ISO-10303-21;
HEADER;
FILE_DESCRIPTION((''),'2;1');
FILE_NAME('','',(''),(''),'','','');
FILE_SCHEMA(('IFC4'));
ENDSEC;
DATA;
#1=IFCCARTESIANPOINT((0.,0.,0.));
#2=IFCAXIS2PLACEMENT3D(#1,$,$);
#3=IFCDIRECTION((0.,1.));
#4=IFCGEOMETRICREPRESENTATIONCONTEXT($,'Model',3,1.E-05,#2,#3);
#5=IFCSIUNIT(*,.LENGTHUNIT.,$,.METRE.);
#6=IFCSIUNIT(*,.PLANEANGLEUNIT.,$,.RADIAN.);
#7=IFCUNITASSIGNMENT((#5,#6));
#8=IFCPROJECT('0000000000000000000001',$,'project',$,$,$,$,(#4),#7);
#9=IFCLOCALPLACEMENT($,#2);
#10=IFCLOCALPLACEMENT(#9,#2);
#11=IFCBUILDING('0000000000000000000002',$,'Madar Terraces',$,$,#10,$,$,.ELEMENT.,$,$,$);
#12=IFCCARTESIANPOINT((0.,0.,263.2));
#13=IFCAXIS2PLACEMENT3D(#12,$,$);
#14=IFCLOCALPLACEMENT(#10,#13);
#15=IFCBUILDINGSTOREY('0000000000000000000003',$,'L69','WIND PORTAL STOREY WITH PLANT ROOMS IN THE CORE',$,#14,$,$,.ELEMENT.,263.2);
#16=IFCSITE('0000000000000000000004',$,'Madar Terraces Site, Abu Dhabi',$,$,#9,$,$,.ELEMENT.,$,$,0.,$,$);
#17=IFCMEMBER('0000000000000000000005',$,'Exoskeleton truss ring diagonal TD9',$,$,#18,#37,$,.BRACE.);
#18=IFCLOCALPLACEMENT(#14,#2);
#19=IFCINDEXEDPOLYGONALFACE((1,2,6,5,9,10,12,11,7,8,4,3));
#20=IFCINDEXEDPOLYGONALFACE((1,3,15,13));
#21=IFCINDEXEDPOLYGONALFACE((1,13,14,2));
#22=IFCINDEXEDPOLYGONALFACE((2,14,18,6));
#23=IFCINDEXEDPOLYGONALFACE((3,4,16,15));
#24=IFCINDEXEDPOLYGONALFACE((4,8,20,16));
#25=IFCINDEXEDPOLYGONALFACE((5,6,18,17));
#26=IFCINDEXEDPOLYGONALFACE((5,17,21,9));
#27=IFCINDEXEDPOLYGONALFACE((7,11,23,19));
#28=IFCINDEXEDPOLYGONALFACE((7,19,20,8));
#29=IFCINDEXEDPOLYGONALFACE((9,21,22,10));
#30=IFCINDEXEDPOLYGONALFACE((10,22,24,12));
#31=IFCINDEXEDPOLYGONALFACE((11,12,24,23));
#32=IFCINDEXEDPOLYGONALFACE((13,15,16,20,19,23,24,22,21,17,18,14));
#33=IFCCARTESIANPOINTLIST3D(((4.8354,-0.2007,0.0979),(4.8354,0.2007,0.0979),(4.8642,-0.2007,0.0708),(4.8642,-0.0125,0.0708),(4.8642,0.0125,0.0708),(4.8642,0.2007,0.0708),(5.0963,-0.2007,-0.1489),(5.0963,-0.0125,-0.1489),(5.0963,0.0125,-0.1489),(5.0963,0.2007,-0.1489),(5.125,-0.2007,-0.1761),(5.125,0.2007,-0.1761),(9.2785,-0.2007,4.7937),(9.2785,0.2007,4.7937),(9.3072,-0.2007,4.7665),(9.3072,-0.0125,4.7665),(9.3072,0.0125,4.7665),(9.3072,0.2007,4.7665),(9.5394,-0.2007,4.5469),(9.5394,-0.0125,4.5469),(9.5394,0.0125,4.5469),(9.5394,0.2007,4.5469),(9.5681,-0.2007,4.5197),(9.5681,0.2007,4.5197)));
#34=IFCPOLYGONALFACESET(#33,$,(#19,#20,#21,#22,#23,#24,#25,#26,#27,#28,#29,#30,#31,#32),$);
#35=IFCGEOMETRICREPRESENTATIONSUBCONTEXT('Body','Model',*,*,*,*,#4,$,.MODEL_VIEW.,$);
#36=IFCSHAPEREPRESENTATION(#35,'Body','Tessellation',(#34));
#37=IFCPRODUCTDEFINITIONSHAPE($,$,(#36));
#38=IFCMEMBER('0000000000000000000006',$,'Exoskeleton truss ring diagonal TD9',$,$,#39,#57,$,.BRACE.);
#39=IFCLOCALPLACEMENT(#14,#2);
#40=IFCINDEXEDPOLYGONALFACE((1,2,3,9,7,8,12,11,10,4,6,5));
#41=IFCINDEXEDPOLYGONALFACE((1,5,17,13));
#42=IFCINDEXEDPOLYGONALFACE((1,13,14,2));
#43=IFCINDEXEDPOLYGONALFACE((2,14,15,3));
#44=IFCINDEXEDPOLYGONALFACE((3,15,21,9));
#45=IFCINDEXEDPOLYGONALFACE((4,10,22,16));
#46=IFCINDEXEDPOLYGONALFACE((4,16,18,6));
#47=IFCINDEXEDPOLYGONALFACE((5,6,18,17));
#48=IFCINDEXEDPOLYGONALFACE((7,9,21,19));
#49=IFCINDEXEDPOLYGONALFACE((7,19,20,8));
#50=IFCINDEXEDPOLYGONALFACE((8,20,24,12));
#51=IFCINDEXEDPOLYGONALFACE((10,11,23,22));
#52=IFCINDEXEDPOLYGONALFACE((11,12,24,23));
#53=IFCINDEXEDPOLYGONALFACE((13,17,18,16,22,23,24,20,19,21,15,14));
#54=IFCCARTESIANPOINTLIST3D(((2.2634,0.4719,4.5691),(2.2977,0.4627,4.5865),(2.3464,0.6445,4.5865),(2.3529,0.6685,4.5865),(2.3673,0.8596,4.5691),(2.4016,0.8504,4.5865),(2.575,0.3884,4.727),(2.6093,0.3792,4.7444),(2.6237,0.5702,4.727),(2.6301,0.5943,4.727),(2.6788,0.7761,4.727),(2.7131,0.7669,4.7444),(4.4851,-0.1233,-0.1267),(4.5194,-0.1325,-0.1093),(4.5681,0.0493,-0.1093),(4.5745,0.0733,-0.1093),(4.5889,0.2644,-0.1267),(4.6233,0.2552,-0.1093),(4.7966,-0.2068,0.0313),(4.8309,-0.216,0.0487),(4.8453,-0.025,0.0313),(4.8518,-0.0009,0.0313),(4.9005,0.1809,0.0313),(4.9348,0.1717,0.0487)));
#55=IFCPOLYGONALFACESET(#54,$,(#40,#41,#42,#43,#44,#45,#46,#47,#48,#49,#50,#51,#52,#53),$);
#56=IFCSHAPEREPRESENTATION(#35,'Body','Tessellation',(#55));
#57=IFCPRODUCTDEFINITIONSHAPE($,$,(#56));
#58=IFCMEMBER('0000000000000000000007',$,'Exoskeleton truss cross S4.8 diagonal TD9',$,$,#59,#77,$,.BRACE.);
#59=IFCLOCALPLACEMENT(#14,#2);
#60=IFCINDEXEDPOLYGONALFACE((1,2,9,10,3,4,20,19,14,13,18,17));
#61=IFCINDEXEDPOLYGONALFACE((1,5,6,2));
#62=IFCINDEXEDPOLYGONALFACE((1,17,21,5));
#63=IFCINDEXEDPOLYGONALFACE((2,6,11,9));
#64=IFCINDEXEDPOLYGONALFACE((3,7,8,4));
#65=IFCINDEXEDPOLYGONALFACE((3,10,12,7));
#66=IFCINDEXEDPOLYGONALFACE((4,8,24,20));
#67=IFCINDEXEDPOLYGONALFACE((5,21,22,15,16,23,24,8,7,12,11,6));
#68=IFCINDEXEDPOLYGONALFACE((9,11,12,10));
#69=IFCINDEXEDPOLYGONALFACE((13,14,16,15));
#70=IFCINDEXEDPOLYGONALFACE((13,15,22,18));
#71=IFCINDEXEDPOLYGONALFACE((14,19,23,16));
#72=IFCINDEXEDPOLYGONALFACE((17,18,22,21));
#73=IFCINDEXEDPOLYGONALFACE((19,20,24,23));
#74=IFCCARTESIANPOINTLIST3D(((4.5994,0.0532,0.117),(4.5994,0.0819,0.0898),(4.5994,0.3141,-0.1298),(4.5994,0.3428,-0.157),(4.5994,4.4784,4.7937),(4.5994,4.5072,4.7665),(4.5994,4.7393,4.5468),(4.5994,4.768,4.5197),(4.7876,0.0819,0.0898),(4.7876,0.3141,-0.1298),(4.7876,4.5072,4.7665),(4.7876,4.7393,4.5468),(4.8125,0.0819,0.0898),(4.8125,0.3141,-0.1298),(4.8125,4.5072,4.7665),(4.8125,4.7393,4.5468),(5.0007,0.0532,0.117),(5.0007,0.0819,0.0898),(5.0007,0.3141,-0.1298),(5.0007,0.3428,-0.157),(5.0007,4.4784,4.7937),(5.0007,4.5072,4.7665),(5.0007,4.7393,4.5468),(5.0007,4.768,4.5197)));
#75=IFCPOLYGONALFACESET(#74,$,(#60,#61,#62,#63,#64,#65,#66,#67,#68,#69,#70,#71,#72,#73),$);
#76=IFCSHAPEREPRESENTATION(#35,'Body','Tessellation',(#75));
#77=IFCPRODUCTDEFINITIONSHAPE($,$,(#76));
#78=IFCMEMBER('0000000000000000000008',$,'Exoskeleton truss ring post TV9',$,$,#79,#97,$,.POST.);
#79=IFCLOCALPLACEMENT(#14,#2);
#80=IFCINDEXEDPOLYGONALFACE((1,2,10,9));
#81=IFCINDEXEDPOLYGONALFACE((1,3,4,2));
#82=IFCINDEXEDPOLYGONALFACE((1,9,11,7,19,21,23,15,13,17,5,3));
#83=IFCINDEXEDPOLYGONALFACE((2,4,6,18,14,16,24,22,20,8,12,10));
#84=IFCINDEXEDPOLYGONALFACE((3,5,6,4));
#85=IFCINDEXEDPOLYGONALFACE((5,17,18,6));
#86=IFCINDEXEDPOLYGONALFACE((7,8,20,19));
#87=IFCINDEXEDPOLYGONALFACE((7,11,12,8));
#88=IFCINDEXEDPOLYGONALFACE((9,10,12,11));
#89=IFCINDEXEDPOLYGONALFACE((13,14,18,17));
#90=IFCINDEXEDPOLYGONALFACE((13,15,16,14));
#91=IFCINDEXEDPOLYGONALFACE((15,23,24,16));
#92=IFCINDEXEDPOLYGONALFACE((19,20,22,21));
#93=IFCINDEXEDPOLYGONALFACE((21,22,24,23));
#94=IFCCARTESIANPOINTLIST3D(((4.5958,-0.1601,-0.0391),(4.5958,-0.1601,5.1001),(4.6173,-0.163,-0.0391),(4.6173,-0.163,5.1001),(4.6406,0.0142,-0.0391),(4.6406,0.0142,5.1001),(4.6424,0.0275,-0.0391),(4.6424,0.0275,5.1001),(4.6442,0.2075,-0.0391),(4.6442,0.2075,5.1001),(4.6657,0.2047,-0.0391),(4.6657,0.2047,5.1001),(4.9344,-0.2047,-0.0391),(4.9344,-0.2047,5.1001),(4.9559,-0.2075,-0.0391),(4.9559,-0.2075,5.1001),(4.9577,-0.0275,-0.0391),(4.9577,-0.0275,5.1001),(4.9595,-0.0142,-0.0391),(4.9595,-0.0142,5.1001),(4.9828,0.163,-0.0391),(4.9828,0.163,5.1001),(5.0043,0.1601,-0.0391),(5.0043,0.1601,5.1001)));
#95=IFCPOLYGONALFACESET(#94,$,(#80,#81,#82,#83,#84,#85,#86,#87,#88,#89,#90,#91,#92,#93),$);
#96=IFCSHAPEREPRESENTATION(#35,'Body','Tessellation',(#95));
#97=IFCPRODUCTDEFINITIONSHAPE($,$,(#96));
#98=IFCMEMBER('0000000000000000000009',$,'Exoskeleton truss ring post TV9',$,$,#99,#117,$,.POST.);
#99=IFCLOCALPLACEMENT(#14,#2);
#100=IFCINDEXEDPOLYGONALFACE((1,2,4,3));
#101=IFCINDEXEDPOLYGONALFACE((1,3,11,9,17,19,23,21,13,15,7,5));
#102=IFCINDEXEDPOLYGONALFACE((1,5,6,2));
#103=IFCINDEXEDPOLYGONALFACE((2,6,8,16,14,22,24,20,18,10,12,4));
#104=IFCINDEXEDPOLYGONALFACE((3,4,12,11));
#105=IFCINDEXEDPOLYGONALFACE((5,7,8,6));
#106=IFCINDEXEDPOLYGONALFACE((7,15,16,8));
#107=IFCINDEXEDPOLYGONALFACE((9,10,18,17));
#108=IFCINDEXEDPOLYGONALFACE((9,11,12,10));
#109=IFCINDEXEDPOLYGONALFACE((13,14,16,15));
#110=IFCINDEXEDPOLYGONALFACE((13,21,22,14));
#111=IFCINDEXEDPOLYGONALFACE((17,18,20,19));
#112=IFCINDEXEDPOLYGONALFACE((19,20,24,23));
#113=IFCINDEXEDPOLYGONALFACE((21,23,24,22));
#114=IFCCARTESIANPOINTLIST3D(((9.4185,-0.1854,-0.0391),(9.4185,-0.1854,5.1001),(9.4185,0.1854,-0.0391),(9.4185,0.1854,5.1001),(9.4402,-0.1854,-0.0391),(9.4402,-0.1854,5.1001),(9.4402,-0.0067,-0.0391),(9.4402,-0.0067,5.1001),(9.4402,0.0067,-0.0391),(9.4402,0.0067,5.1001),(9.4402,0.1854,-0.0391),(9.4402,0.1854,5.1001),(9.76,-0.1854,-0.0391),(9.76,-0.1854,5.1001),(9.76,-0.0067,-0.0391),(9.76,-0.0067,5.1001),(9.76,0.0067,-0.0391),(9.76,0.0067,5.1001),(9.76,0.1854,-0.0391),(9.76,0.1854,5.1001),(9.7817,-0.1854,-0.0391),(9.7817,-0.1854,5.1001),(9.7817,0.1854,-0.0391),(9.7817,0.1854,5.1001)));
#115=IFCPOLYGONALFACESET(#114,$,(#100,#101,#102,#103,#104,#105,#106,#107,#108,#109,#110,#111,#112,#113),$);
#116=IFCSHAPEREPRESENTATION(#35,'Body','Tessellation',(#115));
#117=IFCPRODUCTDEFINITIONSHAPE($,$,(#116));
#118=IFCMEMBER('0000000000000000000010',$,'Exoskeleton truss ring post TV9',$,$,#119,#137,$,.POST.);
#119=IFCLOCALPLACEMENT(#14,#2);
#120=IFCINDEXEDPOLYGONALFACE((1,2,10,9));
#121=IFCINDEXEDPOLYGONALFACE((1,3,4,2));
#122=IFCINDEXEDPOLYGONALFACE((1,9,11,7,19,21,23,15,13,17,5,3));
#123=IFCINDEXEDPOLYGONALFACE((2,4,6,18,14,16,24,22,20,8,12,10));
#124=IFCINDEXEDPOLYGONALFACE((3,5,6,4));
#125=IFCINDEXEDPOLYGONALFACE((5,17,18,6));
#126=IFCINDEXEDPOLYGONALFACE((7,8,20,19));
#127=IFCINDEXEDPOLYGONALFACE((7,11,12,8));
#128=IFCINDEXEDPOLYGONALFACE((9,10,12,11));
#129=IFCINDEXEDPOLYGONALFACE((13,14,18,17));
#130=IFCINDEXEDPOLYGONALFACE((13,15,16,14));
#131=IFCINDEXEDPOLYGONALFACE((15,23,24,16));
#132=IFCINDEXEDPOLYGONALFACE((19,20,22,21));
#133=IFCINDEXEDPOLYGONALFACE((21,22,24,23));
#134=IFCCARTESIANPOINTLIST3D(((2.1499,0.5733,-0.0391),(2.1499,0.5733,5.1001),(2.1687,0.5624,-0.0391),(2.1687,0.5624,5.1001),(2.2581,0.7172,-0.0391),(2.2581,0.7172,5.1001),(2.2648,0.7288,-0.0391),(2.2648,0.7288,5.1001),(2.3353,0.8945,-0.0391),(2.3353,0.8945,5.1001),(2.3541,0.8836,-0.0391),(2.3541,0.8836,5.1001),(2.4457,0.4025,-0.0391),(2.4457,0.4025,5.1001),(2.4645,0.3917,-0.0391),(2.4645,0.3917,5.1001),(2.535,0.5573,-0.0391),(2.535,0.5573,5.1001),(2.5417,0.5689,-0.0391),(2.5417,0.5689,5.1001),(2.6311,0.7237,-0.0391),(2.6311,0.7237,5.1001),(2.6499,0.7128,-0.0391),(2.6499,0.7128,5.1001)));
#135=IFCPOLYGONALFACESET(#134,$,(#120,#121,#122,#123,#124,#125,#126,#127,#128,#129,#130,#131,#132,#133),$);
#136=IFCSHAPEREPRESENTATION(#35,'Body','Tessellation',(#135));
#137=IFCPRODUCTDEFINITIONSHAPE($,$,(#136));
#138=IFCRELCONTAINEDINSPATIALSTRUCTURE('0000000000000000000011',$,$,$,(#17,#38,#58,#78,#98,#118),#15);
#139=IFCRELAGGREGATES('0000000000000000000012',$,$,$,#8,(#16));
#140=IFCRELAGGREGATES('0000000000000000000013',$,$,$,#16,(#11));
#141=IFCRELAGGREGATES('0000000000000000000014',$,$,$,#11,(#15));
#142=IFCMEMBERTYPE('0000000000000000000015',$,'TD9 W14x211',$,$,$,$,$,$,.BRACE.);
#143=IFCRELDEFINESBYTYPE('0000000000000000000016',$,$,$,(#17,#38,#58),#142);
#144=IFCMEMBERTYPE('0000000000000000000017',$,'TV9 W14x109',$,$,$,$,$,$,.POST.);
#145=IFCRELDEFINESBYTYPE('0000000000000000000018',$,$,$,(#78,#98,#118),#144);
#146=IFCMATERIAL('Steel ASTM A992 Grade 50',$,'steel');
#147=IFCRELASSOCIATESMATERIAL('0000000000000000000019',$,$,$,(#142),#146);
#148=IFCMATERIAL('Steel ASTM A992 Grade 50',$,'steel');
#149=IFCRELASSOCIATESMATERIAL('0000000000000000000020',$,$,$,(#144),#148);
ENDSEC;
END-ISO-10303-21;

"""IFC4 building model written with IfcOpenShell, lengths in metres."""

from ifc_helpers import new_model, si_unit, direction, frame, origin, origin_2d, place, context, subcontext, project, spatial, i_section, extrude, material, material_profile, profile_set, type_object, element, save


model = new_model("IFC4")

# Units and contexts
model_context = context("Model", 3, precision=1e-05, world=origin(), true_north=direction((0.0, 1.0)))
body_context = subcontext(model_context, "Body", "Model", "MODEL_VIEW")
ifc_project = project(units=[si_unit("LENGTHUNIT", "METRE"), si_unit("PLANEANGLEUNIT", "RADIAN")], contexts=[model_context])

# Site, building, storey
site_placement = place(None, origin())
site = spatial("IfcSite", under=ifc_project, at=site_placement, Name="Madar Terraces Site, Abu Dhabi", CompositionType="ELEMENT", RefElevation=0.0)
building_placement = place(site_placement, origin())
building = spatial("IfcBuilding", under=site, at=building_placement, Name="Madar Terraces", CompositionType="ELEMENT")
storey_placement = place(building_placement, frame((0.0, 0.0, 263.2)))
storey = spatial("IfcBuildingStorey", under=building, at=storey_placement, Name="L69", Description="WIND PORTAL STOREY WITH PLANT ROOMS IN THE CORE", CompositionType="ELEMENT", Elevation=263.2)

# Members
ifc_material_1 = material(Name="Steel ASTM A992 Grade 50", Category="steel")
ifc_material_profile_1 = material_profile(ifc_material_1, i_section(OverallWidth=0.4014, OverallDepth=0.3987, WebThickness=0.0249, FlangeThickness=0.0396, at=origin_2d()), Name="W14x211")
ifc_profile_set_1 = profile_set([ifc_material_profile_1], Name="Steel ASTM A992 Grade 50")
member_type_1 = type_object("IfcMemberType", Name="TD9 W14x211", PredefinedType="BRACE", material=ifc_profile_set_1)
member_1_placement = place(storey_placement, frame((4.9802, 0.0, -0.0391), z_axis=(0.687293, 0.0, 0.72638), x_axis=(0.0, 1.0, 0.0)))
element("IfcMember", 1, at=member_1_placement, inside=storey, type_object=member_type_1, Name="Exoskeleton truss ring diagonal TD9", PredefinedType="BRACE", context=body_context, shape_type="SweptSolid", body=[
    extrude(i_section(OverallWidth=0.4014, OverallDepth=0.3987, WebThickness=0.0249, FlangeThickness=0.0396, at=origin_2d()), origin(), (0.0, 0.0, 1.0), 6.4646),
])
member_2_placement = place(storey_placement, frame((2.4883, 0.6194, 4.6567), z_axis=(0.42489, -0.113833, -0.898059), x_axis=(0.258786, 0.965935, 0.0)))
element("IfcMember", 2, at=member_2_placement, inside=storey, type_object=member_type_1, Name="Exoskeleton truss ring diagonal TD9", PredefinedType="BRACE", context=body_context, shape_type="SweptSolid", body=[
    extrude(i_section(OverallWidth=0.4014, OverallDepth=0.3987, WebThickness=0.0249, FlangeThickness=0.0396, at=origin_2d()), origin(), (0.0, 0.0, 1.0), 5.2288),
])
member_3_placement = place(storey_placement, frame((4.8, 0.198, -0.02), z_axis=(0.0, 0.687309, 0.726365), x_axis=(-1.0, 0.0, 0.0)))
element("IfcMember", 3, at=member_3_placement, inside=storey, type_object=member_type_1, Name="Exoskeleton truss cross S4.8 diagonal TD9", PredefinedType="BRACE", context=body_context, shape_type="SweptSolid", body=[
    extrude(i_section(OverallWidth=0.4014, OverallDepth=0.3987, WebThickness=0.0249, FlangeThickness=0.0396, at=origin_2d()), origin(), (0.0, 0.0, 1.0), 6.4385),
])
ifc_material_2 = material(Name="Steel ASTM A992 Grade 50", Category="steel")
ifc_material_profile_2 = material_profile(ifc_material_2, i_section(OverallWidth=0.3708, OverallDepth=0.3633, WebThickness=0.0134, FlangeThickness=0.0217, at=origin_2d()), Name="W14x109")
ifc_profile_set_2 = profile_set([ifc_material_profile_2], Name="Steel ASTM A992 Grade 50")
member_type_2 = type_object("IfcMemberType", Name="TV9 W14x109", PredefinedType="POST", material=ifc_profile_set_2)
for number, where, z_axis, x_axis, name in (
    (4, (4.8, 0.0, -0.0391), (0.0, 0.0, 1.0), (0.130526, 0.991445, 0.0), "Exoskeleton truss ring post TV9"),
    (5, (9.6001, 0.0, -0.0391), (0.0, 0.0, 1.0), (0.0, 1.0, 0.0), "Exoskeleton truss ring post TV9"),
    (6, (2.3999, 0.6431, -0.0391), (0.0, 0.0, 1.0), (0.5, 0.866025, 0.0), "Exoskeleton truss ring post TV9"),
):
    element("IfcMember", number, at=place(storey_placement, frame(where, z_axis=z_axis, x_axis=x_axis)), inside=storey, type_object=member_type_2, Name=name, PredefinedType="POST", context=body_context, shape_type="SweptSolid", body=[
        extrude(i_section(OverallWidth=0.3708, OverallDepth=0.3633, WebThickness=0.0134, FlangeThickness=0.0217, at=origin_2d()), origin(), (0.0, 0.0, 1.0), 5.1392),
    ])

save(model, "model.ifc")
